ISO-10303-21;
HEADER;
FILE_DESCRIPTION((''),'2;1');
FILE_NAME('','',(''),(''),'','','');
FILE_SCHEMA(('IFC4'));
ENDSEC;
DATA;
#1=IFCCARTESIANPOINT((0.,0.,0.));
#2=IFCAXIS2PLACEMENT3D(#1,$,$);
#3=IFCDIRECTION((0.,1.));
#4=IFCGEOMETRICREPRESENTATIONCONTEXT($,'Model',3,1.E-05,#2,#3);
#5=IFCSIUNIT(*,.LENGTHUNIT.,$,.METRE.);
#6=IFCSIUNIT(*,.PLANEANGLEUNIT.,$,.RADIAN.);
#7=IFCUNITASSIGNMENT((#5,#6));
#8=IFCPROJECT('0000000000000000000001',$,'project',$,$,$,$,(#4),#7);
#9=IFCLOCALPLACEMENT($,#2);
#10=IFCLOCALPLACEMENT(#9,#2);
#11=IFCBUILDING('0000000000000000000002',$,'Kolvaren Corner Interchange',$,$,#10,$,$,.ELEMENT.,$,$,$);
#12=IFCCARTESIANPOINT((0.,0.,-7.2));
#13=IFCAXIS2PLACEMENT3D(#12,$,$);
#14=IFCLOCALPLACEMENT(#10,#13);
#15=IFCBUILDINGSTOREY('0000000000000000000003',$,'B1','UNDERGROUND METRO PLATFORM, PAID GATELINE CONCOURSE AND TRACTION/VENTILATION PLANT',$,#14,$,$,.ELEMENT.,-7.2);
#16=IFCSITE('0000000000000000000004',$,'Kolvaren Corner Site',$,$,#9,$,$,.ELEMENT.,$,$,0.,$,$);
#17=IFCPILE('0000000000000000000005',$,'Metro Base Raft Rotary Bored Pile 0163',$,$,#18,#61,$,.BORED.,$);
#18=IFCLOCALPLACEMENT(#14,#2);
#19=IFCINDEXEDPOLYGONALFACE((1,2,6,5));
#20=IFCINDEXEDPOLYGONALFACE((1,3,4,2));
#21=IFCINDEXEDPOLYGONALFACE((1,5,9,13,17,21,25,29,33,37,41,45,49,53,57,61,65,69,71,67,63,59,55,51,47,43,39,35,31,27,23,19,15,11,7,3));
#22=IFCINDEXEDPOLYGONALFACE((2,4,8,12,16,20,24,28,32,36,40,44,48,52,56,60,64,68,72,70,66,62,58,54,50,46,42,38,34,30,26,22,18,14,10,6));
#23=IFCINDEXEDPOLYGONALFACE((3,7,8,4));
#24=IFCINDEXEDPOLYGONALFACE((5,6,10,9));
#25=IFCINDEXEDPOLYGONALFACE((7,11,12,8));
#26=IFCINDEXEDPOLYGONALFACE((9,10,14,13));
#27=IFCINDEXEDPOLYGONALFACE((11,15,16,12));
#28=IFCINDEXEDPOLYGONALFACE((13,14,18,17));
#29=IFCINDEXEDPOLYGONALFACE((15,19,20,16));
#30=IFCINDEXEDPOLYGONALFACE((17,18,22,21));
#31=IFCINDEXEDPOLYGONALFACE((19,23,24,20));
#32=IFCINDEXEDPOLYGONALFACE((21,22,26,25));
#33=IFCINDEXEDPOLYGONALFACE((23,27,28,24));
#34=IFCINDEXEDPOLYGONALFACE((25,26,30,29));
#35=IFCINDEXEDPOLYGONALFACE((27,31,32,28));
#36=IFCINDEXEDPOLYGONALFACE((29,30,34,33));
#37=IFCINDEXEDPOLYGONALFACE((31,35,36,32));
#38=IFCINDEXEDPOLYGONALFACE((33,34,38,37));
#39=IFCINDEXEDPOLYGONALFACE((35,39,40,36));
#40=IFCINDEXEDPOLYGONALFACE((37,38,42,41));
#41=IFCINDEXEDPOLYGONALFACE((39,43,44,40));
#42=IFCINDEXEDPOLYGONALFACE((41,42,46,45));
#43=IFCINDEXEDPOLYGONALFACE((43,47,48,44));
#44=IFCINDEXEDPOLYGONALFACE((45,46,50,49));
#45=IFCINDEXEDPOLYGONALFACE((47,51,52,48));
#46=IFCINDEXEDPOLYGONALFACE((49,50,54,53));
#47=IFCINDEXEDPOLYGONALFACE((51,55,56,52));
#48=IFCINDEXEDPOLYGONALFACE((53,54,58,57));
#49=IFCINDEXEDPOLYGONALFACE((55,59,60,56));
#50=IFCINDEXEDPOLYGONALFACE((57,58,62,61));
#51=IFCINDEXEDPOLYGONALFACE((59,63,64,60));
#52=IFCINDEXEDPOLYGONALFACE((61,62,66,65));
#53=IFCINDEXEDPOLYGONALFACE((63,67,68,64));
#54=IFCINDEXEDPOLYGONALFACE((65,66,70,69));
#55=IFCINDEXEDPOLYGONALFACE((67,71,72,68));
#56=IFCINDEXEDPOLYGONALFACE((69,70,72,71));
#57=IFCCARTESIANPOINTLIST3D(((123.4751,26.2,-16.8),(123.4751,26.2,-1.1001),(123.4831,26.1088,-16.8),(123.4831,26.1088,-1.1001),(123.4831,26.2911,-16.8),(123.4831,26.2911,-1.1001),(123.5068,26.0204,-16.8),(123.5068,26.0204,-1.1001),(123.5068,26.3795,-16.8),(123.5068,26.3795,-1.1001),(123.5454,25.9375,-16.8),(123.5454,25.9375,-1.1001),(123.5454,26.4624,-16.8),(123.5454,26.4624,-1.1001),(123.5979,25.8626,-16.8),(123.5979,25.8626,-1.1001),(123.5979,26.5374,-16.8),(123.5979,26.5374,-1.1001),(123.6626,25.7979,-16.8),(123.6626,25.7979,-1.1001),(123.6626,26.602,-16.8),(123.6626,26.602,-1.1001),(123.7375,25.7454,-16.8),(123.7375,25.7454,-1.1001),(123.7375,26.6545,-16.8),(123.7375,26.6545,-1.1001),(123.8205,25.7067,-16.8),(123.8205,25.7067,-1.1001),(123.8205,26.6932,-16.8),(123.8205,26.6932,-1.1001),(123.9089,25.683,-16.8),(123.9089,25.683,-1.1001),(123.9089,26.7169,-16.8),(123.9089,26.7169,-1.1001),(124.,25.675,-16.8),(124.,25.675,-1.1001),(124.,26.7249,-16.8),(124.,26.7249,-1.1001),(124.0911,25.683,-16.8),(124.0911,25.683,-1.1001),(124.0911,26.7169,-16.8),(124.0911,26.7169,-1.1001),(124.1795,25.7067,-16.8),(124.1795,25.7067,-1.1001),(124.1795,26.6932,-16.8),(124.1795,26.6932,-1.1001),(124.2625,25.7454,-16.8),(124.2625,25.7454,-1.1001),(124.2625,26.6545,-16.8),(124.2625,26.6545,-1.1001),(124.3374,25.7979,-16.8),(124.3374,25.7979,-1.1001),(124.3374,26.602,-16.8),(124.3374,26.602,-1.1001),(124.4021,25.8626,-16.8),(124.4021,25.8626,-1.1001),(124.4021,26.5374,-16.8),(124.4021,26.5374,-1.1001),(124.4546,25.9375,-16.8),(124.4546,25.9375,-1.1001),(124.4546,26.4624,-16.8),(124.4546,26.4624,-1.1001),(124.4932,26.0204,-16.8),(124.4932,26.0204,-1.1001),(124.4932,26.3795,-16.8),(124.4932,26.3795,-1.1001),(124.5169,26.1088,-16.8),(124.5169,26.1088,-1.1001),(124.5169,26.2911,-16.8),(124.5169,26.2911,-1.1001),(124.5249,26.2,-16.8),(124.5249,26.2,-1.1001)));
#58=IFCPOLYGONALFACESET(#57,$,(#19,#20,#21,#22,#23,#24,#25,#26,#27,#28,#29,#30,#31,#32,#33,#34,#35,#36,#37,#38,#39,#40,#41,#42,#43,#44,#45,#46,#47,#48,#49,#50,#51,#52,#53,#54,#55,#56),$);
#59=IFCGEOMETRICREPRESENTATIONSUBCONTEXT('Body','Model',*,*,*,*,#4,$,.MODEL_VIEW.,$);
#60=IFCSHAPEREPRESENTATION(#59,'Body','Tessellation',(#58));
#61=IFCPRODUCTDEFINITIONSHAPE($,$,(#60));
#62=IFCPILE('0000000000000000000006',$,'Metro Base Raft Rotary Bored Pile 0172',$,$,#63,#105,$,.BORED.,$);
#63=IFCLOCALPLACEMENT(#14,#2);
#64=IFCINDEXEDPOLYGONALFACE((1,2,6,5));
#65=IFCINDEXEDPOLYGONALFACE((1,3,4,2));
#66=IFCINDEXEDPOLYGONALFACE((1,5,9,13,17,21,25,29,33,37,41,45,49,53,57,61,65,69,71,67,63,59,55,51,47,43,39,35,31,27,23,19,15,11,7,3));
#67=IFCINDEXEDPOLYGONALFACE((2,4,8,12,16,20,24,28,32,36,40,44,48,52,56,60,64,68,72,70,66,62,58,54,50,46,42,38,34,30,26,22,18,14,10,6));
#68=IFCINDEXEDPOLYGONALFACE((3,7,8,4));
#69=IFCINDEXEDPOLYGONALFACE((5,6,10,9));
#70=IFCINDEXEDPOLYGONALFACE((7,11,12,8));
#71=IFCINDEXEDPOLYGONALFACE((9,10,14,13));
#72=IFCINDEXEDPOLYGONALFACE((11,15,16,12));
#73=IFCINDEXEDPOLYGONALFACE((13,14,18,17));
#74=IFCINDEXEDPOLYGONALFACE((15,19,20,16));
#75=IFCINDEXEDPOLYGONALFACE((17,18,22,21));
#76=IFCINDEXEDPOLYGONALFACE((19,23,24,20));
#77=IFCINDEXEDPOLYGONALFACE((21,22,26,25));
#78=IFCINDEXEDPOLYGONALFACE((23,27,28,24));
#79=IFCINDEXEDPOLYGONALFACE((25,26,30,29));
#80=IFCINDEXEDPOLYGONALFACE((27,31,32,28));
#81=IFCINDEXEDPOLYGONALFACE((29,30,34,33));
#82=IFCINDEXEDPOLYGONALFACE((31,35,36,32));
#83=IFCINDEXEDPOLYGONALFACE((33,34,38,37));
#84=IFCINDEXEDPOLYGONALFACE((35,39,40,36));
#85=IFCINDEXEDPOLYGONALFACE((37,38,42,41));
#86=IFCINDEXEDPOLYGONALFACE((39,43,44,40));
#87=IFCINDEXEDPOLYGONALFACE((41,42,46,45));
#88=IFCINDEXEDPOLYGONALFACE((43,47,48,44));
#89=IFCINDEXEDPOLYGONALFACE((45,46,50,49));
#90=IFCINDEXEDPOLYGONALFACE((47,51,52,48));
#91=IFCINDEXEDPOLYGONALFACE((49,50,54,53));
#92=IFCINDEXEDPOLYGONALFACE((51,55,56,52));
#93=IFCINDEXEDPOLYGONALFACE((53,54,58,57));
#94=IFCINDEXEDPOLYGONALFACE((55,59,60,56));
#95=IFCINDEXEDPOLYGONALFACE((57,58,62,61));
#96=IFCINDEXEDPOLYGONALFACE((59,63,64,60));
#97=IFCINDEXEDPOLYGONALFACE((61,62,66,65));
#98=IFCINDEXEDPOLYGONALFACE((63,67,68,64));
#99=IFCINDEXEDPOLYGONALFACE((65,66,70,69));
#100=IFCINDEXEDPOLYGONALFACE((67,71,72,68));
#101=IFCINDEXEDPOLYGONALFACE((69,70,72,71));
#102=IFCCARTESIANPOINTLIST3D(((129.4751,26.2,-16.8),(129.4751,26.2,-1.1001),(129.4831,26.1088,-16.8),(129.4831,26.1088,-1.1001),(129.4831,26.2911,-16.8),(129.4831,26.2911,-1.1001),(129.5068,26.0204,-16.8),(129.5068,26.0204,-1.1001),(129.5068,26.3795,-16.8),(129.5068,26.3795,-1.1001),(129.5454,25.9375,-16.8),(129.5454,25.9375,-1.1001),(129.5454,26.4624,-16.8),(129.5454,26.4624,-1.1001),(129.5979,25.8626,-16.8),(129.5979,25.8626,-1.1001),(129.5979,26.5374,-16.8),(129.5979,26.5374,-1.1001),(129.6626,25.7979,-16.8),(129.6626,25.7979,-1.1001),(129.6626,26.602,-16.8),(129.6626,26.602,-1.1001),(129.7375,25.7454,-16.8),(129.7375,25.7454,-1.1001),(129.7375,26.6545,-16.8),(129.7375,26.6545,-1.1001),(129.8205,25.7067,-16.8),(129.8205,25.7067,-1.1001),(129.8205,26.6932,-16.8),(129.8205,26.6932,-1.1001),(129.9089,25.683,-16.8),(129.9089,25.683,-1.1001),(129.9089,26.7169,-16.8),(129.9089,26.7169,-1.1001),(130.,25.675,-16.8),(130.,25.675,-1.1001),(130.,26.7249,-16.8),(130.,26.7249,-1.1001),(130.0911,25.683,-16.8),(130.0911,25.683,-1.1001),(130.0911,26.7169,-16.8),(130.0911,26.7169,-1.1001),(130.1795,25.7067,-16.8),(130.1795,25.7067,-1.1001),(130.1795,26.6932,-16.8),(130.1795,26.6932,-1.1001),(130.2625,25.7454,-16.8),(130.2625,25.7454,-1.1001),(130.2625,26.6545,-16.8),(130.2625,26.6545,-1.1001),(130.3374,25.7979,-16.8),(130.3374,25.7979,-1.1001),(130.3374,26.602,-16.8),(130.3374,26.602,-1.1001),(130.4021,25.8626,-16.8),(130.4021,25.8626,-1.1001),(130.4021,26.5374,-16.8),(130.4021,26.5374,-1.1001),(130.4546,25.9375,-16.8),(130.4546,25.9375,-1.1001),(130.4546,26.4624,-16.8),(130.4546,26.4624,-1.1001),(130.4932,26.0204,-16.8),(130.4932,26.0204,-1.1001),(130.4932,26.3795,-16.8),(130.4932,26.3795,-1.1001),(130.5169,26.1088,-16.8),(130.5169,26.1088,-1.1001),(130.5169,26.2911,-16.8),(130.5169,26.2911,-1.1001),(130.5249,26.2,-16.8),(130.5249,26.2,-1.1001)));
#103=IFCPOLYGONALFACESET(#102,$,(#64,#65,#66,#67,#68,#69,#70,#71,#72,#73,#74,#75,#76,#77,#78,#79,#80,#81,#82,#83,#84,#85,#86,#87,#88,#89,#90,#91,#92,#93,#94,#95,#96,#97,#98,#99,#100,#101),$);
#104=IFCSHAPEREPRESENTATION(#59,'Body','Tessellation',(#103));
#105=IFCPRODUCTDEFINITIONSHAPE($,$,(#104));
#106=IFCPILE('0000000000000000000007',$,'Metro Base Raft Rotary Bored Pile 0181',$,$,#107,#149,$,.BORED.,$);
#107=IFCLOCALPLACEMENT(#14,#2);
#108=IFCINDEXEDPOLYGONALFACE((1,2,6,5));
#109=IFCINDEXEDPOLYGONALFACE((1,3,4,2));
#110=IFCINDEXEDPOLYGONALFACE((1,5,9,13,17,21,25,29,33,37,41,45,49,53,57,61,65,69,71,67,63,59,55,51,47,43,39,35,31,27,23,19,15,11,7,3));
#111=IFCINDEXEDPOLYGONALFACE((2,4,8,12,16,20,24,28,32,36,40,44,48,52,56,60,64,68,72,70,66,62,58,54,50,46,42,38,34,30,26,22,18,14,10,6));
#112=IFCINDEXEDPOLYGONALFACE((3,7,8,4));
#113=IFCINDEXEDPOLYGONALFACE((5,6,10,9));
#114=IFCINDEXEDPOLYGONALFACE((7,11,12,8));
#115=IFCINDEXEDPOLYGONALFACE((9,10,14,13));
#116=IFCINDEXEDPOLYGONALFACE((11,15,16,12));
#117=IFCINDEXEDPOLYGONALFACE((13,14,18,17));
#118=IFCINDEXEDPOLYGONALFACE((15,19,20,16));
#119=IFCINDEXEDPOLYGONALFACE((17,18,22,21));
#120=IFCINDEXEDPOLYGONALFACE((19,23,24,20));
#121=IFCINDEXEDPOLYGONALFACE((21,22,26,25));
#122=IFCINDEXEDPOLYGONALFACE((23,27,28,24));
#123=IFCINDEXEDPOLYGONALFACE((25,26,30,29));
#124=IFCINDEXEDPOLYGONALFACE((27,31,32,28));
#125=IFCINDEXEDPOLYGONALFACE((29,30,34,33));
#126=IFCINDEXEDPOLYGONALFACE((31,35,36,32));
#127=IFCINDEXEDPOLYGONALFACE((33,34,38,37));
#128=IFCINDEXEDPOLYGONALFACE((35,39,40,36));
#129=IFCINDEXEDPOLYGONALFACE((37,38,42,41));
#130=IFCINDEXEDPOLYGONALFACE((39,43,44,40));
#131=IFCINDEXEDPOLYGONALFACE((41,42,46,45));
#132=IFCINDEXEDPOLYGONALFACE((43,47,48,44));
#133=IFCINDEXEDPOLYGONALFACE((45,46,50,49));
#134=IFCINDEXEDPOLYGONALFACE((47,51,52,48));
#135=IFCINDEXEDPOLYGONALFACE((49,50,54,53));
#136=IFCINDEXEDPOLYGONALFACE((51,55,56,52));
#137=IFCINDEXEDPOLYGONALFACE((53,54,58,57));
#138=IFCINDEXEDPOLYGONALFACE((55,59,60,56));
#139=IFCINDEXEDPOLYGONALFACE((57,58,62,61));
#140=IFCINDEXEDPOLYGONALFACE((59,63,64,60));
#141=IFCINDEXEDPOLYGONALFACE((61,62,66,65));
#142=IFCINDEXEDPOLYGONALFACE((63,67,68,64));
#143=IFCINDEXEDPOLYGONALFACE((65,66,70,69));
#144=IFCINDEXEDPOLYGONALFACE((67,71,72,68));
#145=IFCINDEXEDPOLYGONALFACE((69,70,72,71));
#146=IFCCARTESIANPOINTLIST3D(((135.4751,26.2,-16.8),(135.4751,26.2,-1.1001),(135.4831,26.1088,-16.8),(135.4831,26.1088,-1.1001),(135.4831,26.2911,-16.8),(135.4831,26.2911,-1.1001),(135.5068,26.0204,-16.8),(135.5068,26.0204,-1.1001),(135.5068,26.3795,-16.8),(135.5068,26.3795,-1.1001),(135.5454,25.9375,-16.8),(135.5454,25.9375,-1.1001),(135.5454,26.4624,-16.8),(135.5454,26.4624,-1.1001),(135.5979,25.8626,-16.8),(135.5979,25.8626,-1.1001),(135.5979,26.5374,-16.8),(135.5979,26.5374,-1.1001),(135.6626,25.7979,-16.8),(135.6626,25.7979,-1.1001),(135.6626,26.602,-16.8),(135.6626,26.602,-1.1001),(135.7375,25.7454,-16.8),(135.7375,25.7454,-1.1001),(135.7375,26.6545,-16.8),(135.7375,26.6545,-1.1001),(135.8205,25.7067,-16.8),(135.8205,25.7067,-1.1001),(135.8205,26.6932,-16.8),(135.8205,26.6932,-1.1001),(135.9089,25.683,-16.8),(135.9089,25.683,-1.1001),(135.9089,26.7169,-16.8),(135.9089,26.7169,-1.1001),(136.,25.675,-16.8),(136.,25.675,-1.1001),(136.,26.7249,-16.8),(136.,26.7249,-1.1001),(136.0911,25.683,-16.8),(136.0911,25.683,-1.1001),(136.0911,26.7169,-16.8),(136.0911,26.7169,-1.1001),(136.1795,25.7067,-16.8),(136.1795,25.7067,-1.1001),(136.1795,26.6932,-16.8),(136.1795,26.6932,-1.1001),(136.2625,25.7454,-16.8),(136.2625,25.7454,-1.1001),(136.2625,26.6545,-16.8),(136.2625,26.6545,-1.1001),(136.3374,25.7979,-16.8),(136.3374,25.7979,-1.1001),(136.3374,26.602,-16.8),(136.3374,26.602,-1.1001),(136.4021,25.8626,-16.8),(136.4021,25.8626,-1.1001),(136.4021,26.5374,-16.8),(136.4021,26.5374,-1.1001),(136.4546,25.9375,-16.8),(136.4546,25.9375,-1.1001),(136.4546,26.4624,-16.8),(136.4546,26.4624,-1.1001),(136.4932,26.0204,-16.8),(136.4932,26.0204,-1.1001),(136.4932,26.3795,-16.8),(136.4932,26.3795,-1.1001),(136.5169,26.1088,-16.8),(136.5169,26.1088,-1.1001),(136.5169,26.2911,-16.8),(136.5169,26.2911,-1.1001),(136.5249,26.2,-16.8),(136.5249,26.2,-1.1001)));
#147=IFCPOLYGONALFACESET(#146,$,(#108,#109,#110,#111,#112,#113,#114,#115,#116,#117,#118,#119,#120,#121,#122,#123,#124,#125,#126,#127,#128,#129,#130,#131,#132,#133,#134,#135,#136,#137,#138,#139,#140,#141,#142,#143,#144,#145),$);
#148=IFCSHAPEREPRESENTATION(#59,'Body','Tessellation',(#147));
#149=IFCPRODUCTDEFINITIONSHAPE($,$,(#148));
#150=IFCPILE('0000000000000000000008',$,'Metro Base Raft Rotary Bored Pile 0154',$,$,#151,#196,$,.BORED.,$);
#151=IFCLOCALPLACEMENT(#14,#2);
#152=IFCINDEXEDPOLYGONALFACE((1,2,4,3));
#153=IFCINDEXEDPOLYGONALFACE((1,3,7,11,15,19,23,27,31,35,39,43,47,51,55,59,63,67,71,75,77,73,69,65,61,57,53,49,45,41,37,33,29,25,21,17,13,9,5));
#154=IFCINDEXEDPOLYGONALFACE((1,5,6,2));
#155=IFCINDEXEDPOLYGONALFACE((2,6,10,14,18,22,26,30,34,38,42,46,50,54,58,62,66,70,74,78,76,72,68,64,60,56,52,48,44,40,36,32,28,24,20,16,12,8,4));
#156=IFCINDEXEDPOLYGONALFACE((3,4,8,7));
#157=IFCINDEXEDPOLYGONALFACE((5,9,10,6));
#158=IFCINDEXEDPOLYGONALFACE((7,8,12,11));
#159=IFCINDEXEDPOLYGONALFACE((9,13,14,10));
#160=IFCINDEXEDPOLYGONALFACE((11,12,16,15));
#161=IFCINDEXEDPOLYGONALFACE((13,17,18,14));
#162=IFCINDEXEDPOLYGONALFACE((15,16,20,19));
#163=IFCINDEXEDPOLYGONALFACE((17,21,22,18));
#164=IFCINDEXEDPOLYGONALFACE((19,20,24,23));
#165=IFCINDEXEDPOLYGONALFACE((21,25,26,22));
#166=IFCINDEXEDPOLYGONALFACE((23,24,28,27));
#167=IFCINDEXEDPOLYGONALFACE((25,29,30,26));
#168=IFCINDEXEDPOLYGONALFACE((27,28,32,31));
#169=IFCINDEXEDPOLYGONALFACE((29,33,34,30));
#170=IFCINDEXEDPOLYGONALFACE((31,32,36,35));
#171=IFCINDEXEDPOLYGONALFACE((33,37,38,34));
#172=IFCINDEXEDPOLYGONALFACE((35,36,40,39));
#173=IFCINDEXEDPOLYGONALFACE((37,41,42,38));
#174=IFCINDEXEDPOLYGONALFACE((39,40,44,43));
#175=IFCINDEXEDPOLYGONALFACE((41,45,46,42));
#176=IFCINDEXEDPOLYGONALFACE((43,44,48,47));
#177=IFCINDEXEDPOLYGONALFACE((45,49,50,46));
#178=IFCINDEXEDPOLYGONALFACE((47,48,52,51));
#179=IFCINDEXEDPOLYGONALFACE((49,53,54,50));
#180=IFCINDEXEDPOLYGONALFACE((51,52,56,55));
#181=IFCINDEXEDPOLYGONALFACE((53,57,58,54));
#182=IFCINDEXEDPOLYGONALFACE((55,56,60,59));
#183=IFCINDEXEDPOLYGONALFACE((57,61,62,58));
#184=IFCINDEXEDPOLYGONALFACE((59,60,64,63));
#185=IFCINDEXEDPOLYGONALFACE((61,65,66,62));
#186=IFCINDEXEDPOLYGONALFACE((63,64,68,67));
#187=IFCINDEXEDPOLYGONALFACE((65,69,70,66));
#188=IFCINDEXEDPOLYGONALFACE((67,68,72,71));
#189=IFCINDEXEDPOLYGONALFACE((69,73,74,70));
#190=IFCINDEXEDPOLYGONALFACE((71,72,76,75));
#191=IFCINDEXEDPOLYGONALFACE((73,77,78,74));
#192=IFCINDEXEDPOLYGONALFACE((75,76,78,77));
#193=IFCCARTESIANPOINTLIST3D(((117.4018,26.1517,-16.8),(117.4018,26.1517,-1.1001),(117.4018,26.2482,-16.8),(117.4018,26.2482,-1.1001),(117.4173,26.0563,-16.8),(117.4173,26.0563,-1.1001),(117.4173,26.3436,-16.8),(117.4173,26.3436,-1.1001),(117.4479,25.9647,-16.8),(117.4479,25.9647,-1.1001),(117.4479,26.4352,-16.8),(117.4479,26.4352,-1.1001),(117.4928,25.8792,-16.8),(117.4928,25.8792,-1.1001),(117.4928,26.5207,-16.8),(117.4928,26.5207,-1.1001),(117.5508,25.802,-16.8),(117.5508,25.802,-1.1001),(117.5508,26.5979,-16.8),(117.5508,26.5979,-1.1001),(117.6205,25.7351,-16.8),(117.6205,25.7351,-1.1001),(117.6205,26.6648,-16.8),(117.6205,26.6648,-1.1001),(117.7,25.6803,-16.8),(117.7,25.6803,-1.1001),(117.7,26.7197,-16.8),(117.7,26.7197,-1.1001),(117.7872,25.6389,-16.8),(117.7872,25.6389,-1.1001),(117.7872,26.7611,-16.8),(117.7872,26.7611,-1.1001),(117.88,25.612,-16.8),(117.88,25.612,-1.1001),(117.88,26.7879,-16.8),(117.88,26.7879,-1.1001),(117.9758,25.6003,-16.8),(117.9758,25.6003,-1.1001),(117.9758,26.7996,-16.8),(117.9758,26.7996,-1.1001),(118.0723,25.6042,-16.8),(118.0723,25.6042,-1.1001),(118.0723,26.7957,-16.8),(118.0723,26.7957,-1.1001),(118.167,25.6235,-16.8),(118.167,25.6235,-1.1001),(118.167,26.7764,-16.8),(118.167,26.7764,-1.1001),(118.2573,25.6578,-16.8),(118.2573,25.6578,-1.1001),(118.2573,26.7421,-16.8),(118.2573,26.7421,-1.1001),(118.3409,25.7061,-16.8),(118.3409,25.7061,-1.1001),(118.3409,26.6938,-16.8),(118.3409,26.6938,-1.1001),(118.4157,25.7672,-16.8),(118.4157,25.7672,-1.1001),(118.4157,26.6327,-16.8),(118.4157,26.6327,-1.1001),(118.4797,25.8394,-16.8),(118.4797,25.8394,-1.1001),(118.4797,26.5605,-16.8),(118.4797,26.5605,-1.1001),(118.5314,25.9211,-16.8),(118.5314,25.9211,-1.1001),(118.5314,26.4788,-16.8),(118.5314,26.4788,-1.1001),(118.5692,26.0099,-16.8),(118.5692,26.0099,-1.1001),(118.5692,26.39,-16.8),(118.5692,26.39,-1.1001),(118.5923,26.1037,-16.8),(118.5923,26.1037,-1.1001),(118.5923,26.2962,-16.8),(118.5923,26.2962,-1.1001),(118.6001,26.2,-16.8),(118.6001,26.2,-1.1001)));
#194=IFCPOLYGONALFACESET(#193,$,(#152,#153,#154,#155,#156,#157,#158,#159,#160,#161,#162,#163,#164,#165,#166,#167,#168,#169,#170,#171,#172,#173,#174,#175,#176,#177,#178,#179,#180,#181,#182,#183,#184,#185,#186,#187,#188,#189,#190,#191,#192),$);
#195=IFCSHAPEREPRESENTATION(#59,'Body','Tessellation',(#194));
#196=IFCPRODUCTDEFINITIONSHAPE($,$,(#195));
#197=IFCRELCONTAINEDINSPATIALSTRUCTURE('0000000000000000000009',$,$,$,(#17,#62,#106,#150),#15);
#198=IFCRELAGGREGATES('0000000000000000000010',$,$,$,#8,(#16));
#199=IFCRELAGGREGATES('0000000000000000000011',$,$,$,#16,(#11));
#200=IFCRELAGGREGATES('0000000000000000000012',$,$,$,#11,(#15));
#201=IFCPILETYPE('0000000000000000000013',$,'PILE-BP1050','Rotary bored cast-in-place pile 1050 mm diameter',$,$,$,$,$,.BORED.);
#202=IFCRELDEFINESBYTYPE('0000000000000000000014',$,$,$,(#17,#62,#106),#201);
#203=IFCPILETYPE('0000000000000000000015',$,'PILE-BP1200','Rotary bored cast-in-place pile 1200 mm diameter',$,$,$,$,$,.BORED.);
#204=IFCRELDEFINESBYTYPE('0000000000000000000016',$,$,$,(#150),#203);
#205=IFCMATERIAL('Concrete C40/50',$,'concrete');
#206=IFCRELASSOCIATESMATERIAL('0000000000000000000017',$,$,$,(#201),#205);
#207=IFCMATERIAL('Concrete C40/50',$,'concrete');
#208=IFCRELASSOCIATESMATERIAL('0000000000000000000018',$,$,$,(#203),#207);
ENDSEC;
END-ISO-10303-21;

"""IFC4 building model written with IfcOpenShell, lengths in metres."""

from ifc_helpers import new_model, si_unit, direction, frame, origin, origin_2d, place, context, subcontext, project, spatial, circle, extrude, material, material_profile, profile_set, type_object, element, save


model = new_model("IFC4")

# Units and contexts
model_context = context("Model", 3, precision=1e-05, world=origin(), true_north=direction((0.0, 1.0)))
body_context = subcontext(model_context, "Body", "Model", "MODEL_VIEW")
ifc_project = project(units=[si_unit("LENGTHUNIT", "METRE"), si_unit("PLANEANGLEUNIT", "RADIAN")], contexts=[model_context])

# Site, building, storey
site_placement = place(None, origin())
site = spatial("IfcSite", under=ifc_project, at=site_placement, Name="Kolvaren Corner Site", CompositionType="ELEMENT", RefElevation=0.0)
building_placement = place(site_placement, origin())
building = spatial("IfcBuilding", under=site, at=building_placement, Name="Kolvaren Corner Interchange", CompositionType="ELEMENT")
storey_placement = place(building_placement, frame((0.0, 0.0, -7.2)))
storey = spatial("IfcBuildingStorey", under=building, at=storey_placement, Name="B1", Description="UNDERGROUND METRO PLATFORM, PAID GATELINE CONCOURSE AND TRACTION/VENTILATION PLANT", CompositionType="ELEMENT", Elevation=-7.2)

# Piles
ifc_material_1 = material(Name="Concrete C40/50", Category="concrete")
ifc_material_profile_1 = material_profile(ifc_material_1, circle(Radius=0.5249, at=origin_2d()), Name="BORED PILE 1050")
ifc_profile_set_1 = profile_set([ifc_material_profile_1], Name="Concrete C40/50")
pile_type_1 = type_object("IfcPileType", Name="PILE-BP1050", Description="Rotary bored cast-in-place pile 1050 mm diameter", PredefinedType="BORED", material=ifc_profile_set_1)
for number, where, z_axis, x_axis, name in (
    (1, (124.0, 26.2, -1.1001), (0.0, 0.0, -1.0), (1.0, 0.0, 0.0), "Metro Base Raft Rotary Bored Pile 0163"),
    (2, (130.0, 26.2, -1.1001), (0.0, 0.0, -1.0), (1.0, 0.0, 0.0), "Metro Base Raft Rotary Bored Pile 0172"),
    (3, (136.0, 26.2, -1.1001), (0.0, 0.0, -1.0), (1.0, 0.0, 0.0), "Metro Base Raft Rotary Bored Pile 0181"),
):
    element("IfcPile", number, at=place(storey_placement, frame(where, z_axis=z_axis, x_axis=x_axis)), inside=storey, type_object=pile_type_1, Name=name, PredefinedType="BORED", context=body_context, shape_type="SweptSolid", body=[
        extrude(circle(Radius=0.5249, at=origin_2d()), origin(), (0.0, 0.0, 1.0), 15.7),
    ])
ifc_material_2 = material(Name="Concrete C40/50", Category="concrete")
ifc_material_profile_2 = material_profile(ifc_material_2, circle(Radius=0.6001, at=origin_2d()), Name="BORED PILE 1200")
ifc_profile_set_2 = profile_set([ifc_material_profile_2], Name="Concrete C40/50")
pile_type_2 = type_object("IfcPileType", Name="PILE-BP1200", Description="Rotary bored cast-in-place pile 1200 mm diameter", PredefinedType="BORED", material=ifc_profile_set_2)
pile_placement = place(storey_placement, frame((118.0, 26.2, -1.1001), z_axis=(0.0, 0.0, -1.0), x_axis=(1.0, 0.0, 0.0)))
element("IfcPile", 4, at=pile_placement, inside=storey, type_object=pile_type_2, Name="Metro Base Raft Rotary Bored Pile 0154", PredefinedType="BORED", context=body_context, shape_type="SweptSolid", body=[
    extrude(circle(Radius=0.6001, at=origin_2d()), origin(), (0.0, 0.0, 1.0), 15.7),
])

save(model, "model.ifc")
